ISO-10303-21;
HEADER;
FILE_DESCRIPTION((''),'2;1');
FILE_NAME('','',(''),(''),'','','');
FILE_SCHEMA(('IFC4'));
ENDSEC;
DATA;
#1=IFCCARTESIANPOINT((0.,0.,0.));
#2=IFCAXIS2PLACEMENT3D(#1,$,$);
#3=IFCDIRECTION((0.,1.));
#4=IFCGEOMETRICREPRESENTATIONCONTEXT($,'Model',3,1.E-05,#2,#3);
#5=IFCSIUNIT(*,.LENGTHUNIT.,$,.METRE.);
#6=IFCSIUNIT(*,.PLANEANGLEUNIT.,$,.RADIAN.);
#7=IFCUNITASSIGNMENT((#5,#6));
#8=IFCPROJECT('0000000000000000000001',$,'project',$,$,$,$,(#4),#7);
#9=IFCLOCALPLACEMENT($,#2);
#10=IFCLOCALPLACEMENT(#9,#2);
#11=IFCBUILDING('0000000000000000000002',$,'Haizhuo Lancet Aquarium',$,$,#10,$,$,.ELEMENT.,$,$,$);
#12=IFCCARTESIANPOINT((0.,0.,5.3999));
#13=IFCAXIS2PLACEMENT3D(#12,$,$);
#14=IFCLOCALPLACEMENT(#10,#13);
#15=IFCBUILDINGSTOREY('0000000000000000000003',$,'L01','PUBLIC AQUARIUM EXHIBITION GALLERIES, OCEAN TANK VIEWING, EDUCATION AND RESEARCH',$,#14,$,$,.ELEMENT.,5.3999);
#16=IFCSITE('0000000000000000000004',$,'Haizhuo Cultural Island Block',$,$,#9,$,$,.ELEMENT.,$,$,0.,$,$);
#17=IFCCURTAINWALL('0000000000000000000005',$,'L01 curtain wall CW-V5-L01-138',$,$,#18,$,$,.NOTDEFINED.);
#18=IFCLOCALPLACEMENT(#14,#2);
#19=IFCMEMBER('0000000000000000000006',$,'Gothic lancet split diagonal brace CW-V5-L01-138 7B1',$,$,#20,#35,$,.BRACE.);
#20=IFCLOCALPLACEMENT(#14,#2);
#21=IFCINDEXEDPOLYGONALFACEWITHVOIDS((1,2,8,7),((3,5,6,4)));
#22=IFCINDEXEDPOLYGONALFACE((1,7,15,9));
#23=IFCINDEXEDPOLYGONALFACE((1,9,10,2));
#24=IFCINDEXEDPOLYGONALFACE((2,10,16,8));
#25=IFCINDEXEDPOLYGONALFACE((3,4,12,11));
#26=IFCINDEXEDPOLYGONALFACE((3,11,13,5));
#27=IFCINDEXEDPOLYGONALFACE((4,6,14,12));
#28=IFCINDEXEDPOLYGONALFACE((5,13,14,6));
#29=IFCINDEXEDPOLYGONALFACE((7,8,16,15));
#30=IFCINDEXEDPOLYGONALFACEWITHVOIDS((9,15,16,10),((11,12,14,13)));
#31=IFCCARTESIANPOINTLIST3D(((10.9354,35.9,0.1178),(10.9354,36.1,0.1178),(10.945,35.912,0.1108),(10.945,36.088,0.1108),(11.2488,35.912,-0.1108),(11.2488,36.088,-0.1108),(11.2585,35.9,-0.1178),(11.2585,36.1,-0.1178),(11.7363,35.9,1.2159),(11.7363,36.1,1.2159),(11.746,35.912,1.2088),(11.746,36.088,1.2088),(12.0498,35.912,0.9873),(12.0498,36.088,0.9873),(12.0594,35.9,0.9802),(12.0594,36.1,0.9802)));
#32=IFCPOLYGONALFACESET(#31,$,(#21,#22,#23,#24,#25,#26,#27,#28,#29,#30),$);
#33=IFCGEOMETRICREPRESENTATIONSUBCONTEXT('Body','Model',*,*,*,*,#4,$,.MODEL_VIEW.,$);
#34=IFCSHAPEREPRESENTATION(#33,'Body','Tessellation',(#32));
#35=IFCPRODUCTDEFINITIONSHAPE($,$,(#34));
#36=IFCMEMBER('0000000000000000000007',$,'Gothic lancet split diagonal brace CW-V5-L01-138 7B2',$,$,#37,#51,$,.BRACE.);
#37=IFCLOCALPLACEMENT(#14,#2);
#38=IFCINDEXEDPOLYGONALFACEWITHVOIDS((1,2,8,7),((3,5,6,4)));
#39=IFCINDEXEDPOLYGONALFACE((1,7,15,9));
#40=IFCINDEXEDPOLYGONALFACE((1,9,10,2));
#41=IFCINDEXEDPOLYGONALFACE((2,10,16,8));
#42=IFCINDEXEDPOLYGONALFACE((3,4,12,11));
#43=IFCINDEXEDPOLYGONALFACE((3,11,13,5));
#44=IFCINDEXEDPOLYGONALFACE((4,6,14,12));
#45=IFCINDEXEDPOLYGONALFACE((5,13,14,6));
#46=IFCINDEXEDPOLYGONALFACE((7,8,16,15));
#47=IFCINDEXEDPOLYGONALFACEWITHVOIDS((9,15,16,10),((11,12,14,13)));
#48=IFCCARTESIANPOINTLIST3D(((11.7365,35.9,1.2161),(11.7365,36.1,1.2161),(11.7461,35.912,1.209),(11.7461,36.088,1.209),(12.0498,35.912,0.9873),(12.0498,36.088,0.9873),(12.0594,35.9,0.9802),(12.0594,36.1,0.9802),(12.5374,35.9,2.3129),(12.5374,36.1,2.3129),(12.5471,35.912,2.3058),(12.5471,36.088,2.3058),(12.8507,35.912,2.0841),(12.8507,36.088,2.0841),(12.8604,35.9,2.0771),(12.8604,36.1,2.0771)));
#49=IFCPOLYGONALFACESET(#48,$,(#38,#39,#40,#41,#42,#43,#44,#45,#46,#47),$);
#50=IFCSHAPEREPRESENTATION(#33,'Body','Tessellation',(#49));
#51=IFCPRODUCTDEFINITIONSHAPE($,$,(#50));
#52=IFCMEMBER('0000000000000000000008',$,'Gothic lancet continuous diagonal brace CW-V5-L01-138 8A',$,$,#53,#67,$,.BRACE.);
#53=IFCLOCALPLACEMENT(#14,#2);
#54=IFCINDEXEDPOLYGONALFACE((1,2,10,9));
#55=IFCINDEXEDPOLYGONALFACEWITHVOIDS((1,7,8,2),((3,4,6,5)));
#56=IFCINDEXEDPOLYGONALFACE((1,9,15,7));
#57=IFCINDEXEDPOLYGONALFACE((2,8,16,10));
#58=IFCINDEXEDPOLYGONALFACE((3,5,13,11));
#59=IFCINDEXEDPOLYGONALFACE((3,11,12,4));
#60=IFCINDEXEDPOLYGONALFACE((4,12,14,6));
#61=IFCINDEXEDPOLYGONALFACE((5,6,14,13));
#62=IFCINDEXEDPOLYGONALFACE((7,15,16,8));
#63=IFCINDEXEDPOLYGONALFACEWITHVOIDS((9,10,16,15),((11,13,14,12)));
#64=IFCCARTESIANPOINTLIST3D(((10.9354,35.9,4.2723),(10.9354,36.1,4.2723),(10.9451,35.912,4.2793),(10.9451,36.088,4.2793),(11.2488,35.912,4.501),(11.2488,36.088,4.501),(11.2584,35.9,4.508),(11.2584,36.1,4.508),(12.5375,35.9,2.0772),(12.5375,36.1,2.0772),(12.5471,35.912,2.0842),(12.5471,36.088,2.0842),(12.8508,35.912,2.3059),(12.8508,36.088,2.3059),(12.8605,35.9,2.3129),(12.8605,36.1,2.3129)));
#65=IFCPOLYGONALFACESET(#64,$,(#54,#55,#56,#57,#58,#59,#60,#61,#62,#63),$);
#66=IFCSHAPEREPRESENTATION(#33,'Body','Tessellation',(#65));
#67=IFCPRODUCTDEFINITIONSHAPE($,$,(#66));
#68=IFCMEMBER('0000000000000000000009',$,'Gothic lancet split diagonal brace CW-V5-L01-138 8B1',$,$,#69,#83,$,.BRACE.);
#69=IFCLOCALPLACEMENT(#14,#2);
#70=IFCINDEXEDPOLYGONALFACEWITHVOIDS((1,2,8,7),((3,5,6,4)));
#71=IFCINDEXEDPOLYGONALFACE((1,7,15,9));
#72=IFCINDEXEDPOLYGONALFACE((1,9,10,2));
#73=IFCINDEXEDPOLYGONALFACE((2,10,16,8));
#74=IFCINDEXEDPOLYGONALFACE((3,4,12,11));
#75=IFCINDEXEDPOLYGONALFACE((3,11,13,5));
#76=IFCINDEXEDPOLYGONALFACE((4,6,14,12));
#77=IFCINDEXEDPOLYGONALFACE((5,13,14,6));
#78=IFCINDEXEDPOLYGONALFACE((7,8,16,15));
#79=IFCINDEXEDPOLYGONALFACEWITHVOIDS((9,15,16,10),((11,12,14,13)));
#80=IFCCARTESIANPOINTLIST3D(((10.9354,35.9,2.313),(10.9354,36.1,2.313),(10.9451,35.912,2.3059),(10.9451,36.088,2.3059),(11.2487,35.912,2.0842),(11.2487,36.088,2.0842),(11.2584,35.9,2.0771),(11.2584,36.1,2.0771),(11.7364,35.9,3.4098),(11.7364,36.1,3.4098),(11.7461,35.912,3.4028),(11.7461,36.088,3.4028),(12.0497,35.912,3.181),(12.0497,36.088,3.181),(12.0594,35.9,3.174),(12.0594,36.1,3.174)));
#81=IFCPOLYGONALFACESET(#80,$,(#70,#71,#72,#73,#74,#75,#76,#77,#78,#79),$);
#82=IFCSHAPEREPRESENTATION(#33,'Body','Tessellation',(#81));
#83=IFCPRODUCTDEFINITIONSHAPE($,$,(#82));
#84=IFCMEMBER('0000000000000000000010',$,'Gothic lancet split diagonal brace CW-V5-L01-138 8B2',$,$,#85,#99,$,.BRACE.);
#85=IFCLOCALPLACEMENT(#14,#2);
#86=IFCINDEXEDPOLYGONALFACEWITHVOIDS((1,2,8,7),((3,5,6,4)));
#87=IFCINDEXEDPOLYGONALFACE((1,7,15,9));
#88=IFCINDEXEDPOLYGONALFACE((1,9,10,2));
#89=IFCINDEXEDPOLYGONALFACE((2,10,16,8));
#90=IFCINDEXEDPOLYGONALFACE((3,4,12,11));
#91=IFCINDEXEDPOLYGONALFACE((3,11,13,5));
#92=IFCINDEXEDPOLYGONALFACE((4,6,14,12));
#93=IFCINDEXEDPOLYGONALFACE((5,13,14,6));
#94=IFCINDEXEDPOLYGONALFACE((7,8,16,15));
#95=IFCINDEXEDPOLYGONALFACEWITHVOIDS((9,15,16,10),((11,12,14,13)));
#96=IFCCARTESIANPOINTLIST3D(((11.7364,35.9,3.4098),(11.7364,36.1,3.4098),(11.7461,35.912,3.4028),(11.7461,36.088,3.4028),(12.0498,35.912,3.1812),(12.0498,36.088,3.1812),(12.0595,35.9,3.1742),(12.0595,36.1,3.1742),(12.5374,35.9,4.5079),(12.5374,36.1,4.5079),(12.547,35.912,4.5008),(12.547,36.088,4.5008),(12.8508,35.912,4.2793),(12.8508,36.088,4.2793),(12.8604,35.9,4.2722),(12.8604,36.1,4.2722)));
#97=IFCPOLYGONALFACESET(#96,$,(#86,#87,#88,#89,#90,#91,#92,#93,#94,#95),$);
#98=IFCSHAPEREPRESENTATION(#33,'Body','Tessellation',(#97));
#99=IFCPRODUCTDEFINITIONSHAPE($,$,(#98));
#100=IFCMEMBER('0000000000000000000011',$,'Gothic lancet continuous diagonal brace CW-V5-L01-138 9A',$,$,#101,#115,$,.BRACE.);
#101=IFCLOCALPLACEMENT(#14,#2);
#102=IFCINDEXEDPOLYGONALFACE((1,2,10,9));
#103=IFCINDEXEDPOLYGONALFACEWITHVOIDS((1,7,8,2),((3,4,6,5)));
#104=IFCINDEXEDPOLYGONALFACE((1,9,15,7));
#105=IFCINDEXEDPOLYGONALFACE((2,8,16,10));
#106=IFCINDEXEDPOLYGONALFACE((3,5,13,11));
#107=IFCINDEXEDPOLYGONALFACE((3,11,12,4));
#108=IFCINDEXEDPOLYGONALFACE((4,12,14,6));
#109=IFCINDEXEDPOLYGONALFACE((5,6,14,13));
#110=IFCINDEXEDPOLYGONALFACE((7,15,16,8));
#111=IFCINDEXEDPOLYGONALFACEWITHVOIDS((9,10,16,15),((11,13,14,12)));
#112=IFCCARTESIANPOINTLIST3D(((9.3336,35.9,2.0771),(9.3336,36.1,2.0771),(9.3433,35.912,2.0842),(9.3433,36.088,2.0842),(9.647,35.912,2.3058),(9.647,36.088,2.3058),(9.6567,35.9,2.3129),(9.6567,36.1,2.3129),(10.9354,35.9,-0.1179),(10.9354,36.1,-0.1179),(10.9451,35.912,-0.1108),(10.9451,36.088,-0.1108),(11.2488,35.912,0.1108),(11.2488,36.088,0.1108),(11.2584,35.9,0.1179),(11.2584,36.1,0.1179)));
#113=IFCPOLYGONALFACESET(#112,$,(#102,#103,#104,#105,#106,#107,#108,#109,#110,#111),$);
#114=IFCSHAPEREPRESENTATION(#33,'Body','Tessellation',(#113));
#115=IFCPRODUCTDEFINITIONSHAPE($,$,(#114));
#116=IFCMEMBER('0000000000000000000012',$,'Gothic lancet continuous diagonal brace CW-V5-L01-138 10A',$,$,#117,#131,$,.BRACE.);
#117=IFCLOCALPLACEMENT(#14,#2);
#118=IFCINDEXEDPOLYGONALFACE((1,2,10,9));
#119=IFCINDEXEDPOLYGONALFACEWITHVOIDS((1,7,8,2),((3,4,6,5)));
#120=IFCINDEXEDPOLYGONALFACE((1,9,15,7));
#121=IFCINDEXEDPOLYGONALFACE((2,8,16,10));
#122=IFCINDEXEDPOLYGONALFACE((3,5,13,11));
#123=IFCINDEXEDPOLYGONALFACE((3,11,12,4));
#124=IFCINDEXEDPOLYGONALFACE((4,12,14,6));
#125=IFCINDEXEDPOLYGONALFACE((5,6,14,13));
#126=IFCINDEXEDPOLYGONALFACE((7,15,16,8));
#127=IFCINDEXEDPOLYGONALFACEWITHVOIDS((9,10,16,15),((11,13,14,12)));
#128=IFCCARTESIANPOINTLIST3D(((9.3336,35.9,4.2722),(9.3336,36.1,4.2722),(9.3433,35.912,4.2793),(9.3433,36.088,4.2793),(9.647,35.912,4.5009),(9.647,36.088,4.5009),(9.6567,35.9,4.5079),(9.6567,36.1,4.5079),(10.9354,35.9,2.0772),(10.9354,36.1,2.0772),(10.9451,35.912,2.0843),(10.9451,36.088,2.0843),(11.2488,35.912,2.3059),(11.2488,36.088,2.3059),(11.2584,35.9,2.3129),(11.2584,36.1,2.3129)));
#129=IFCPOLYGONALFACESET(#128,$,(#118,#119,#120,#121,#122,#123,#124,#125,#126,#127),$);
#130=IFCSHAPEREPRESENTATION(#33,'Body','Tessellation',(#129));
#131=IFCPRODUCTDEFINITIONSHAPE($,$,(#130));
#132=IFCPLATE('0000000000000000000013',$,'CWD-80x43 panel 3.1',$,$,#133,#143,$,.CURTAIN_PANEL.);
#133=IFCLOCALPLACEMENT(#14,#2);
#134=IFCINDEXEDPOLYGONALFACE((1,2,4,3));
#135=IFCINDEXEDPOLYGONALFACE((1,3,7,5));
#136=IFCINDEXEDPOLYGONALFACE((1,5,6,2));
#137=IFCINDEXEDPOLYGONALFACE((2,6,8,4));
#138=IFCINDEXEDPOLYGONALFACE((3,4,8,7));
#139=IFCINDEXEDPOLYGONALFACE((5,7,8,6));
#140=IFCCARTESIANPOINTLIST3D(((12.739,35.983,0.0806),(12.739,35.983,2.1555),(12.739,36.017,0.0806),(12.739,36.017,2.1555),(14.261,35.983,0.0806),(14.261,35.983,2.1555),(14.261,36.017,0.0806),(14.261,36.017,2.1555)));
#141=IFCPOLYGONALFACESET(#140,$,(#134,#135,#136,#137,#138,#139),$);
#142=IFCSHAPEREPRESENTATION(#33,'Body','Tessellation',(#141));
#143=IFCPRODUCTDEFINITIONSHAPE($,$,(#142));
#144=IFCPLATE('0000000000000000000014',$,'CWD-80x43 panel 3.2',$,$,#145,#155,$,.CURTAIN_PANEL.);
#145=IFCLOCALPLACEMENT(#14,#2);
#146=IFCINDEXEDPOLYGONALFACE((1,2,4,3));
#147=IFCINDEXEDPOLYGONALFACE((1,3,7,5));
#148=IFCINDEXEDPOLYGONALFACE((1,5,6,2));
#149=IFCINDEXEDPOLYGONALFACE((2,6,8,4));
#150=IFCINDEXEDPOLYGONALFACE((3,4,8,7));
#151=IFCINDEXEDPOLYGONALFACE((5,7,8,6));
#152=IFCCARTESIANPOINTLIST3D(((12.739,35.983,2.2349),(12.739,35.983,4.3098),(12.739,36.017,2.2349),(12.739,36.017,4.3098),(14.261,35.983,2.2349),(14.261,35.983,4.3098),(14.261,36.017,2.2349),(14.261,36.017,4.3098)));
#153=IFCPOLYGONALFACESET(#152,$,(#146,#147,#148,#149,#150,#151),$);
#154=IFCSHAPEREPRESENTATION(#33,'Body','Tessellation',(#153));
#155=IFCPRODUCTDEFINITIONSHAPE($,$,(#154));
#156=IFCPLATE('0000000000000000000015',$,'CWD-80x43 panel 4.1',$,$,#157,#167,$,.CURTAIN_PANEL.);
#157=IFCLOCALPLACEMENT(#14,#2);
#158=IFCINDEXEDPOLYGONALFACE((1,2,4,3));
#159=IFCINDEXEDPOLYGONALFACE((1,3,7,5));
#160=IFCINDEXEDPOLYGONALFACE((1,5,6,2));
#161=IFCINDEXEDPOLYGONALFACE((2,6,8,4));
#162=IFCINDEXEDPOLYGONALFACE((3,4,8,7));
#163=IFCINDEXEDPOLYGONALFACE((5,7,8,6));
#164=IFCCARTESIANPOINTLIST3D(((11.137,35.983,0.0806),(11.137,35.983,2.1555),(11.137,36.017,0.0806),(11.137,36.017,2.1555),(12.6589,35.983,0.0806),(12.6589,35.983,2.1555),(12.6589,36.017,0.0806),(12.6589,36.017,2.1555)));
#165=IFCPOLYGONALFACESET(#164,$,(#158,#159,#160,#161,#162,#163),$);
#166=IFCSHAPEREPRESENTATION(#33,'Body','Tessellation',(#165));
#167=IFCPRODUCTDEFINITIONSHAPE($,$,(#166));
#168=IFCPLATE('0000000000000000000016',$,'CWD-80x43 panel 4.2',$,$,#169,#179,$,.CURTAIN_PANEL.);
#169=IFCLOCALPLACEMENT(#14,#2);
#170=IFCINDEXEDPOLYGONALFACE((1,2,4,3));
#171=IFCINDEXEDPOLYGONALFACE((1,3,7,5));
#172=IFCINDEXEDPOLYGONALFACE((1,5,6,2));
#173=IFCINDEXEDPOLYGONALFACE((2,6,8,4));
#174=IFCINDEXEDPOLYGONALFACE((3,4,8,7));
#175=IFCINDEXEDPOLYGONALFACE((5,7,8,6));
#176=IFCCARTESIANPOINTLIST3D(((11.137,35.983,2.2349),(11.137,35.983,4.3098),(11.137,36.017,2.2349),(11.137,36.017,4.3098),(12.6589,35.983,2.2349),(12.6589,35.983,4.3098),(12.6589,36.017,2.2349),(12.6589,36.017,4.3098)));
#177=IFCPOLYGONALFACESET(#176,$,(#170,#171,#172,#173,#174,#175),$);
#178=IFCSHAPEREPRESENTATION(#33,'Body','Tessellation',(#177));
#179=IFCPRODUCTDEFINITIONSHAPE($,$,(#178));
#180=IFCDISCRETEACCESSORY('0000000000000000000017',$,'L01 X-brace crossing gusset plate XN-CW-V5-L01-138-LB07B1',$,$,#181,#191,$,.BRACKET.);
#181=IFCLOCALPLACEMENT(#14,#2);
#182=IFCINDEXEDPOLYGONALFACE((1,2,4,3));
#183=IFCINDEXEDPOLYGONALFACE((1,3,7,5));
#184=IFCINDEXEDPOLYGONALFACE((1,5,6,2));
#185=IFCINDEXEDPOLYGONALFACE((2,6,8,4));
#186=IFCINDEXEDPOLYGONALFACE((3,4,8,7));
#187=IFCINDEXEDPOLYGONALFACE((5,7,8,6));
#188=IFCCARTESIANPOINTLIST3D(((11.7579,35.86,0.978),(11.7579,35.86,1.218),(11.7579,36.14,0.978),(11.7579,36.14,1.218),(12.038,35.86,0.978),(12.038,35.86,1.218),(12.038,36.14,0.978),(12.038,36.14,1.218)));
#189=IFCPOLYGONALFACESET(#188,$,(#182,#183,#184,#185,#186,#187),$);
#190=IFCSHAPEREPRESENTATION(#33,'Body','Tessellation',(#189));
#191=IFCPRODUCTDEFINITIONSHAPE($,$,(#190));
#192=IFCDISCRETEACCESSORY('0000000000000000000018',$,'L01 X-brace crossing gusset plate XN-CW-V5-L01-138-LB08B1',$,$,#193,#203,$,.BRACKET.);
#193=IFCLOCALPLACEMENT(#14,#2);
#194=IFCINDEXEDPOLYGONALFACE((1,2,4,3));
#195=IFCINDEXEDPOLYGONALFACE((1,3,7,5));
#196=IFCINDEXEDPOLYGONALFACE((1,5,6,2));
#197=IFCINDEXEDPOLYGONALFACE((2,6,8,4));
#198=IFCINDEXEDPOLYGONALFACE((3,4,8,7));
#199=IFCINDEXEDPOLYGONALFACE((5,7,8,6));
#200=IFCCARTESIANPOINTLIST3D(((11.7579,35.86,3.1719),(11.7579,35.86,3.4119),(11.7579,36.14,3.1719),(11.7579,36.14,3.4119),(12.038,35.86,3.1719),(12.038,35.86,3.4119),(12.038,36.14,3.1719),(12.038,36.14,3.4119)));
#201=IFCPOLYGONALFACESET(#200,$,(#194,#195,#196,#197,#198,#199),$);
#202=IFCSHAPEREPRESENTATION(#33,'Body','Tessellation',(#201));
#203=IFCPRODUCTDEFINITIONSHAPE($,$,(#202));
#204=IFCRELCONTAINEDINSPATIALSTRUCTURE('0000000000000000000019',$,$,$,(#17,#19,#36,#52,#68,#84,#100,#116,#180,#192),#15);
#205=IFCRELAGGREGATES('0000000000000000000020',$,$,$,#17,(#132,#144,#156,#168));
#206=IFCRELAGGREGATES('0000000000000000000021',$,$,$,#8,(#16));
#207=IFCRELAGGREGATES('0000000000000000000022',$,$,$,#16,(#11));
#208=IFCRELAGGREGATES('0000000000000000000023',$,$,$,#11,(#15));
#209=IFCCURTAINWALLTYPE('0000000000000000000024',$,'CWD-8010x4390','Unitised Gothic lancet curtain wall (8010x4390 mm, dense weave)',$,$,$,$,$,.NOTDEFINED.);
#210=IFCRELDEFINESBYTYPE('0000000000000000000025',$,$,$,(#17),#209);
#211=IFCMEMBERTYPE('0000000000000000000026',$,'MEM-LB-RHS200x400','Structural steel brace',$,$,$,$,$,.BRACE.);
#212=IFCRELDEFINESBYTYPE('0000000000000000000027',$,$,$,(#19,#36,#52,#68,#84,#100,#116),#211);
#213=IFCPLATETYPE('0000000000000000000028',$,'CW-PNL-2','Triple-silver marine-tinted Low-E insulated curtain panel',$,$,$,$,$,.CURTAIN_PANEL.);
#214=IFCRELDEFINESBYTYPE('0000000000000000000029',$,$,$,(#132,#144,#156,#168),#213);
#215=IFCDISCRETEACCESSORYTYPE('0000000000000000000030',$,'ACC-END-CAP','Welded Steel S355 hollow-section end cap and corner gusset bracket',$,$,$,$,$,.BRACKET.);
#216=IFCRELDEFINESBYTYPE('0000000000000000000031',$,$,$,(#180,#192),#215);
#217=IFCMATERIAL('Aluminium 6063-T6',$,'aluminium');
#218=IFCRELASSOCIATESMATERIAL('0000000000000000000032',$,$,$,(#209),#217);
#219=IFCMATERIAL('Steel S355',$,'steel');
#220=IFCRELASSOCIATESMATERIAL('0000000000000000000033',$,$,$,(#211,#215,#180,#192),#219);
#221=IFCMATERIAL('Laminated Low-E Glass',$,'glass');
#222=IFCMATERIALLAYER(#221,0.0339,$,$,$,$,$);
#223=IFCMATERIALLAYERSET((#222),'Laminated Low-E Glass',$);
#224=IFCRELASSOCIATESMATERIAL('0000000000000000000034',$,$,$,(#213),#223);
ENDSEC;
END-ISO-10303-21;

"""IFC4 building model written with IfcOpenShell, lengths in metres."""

from ifc_helpers import new_model, si_unit, direction, frame, origin, origin_2d, place, context, subcontext, project, spatial, rectangle, hollow_rectangle, extrude, material, layer, layer_set, material_profile, profile_set, type_object, element, aggregate, save


model = new_model("IFC4")

# Units and contexts
model_context = context("Model", 3, precision=1e-05, world=origin(), true_north=direction((0.0, 1.0)))
body_context = subcontext(model_context, "Body", "Model", "MODEL_VIEW")
ifc_project = project(units=[si_unit("LENGTHUNIT", "METRE"), si_unit("PLANEANGLEUNIT", "RADIAN")], contexts=[model_context])

# Site, building, storey
site_placement = place(None, origin())
site = spatial("IfcSite", under=ifc_project, at=site_placement, Name="Haizhuo Cultural Island Block", CompositionType="ELEMENT", RefElevation=0.0)
building_placement = place(site_placement, origin())
building = spatial("IfcBuilding", under=site, at=building_placement, Name="Haizhuo Lancet Aquarium", CompositionType="ELEMENT")
storey_placement = place(building_placement, frame((0.0, 0.0, 5.3999)))
storey = spatial("IfcBuildingStorey", under=building, at=storey_placement, Name="L01", Description="PUBLIC AQUARIUM EXHIBITION GALLERIES, OCEAN TANK VIEWING, EDUCATION AND RESEARCH", CompositionType="ELEMENT", Elevation=5.3999)

# Curtain wall
ifc_material_1 = material(Name="Aluminium 6063-T6", Category="aluminium")
curtain_wall_type = type_object("IfcCurtainWallType", Name="CWD-8010x4390", Description="Unitised Gothic lancet curtain wall (8010x4390 mm, dense weave)", PredefinedType="NOTDEFINED", material=ifc_material_1)
curtain_wall_placement = place(storey_placement, origin())
curtain_wall = element("IfcCurtainWall", 1, at=curtain_wall_placement, inside=storey, type_object=curtain_wall_type, Name="L01 curtain wall CW-V5-L01-138", PredefinedType="NOTDEFINED")

# Members
ifc_material_2 = material(Name="Steel S355", Category="steel")
ifc_material_profile_1 = material_profile(ifc_material_2, hollow_rectangle(XDim=0.2, YDim=0.3999, WallThickness=0.012, at=origin_2d()), Name="RHS 200x400x12")
ifc_profile_set_1 = profile_set([ifc_material_profile_1], Name="Steel S355")
member_type_1 = type_object("IfcMemberType", Name="MEM-LB-RHS200x400", Description="Structural steel brace", PredefinedType="BRACE", material=ifc_profile_set_1)
member_1_placement = place(storey_placement, frame((11.0969, 36.0, 0.0), z_axis=(0.589314, 0.0, 0.807904), x_axis=(0.0, 1.0, 0.0)))
element("IfcMember", 2, at=member_1_placement, inside=storey, type_object=member_type_1, Name="Gothic lancet split diagonal brace CW-V5-L01-138 7B1", PredefinedType="BRACE", context=body_context, shape_type="SweptSolid", body=[
    extrude(hollow_rectangle(XDim=0.2, YDim=0.3999, WallThickness=0.012, at=origin_2d()), origin(), (0.0, 0.0, 1.0), 1.3591),
])
member_2_placement = place(storey_placement, frame((11.8979, 36.0, 1.0981), z_axis=(0.589742, 0.0, 0.807592), x_axis=(0.0, 1.0, 0.0)))
element("IfcMember", 3, at=member_2_placement, inside=storey, type_object=member_type_1, Name="Gothic lancet split diagonal brace CW-V5-L01-138 7B2", PredefinedType="BRACE", context=body_context, shape_type="SweptSolid", body=[
    extrude(hollow_rectangle(XDim=0.2, YDim=0.3999, WallThickness=0.012, at=origin_2d()), origin(), (0.0, 0.0, 1.0), 1.3582),
])
member_3_placement = place(storey_placement, frame((12.699, 36.0, 2.1951), z_axis=(-0.589528, 0.0, 0.807748), x_axis=(0.0, -1.0, 0.0)))
element("IfcMember", 4, at=member_3_placement, inside=storey, type_object=member_type_1, Name="Gothic lancet continuous diagonal brace CW-V5-L01-138 8A", PredefinedType="BRACE", context=body_context, shape_type="SweptSolid", body=[
    extrude(hollow_rectangle(XDim=0.2, YDim=0.3999, WallThickness=0.012, at=origin_2d()), origin(), (0.0, 0.0, 1.0), 2.7175),
])
member_4_placement = place(storey_placement, frame((11.0969, 36.0, 2.1951), z_axis=(0.589742, 0.0, 0.807592), x_axis=(0.0, 1.0, 0.0)))
element("IfcMember", 5, at=member_4_placement, inside=storey, type_object=member_type_1, Name="Gothic lancet split diagonal brace CW-V5-L01-138 8B1", PredefinedType="BRACE", context=body_context, shape_type="SweptSolid", body=[
    extrude(hollow_rectangle(XDim=0.2, YDim=0.3999, WallThickness=0.012, at=origin_2d()), origin(), (0.0, 0.0, 1.0), 1.3582),
])
member_5_placement = place(storey_placement, frame((11.8979, 36.0, 3.292), z_axis=(0.589314, 0.0, 0.807904), x_axis=(0.0, 1.0, 0.0)))
element("IfcMember", 6, at=member_5_placement, inside=storey, type_object=member_type_1, Name="Gothic lancet split diagonal brace CW-V5-L01-138 8B2", PredefinedType="BRACE", context=body_context, shape_type="SweptSolid", body=[
    extrude(hollow_rectangle(XDim=0.2, YDim=0.3999, WallThickness=0.012, at=origin_2d()), origin(), (0.0, 0.0, 1.0), 1.3591),
])
for number, where, z_axis, x_axis, name in (
    (7, (11.0969, 36.0, 0.0), (-0.589469, 0.0, 0.807791), (0.0, -1.0, 0.0), "Gothic lancet continuous diagonal brace CW-V5-L01-138 9A"),
    (8, (11.0969, 36.0, 2.1951), (-0.589469, 0.0, 0.807791), (0.0, -1.0, 0.0), "Gothic lancet continuous diagonal brace CW-V5-L01-138 10A"),
):
    element("IfcMember", number, at=place(storey_placement, frame(where, z_axis=z_axis, x_axis=x_axis)), inside=storey, type_object=member_type_1, Name=name, PredefinedType="BRACE", context=body_context, shape_type="SweptSolid", body=[
        extrude(hollow_rectangle(XDim=0.2, YDim=0.3999, WallThickness=0.012, at=origin_2d()), origin(), (0.0, 0.0, 1.0), 2.7173),
    ])

# Plates
ifc_material_3 = material(Name="Laminated Low-E Glass", Category="glass")
ifc_layer = layer(ifc_material_3, 0.0339)
ifc_layer_set = layer_set([ifc_layer], Name="Laminated Low-E Glass")
plate_type = type_object("IfcPlateType", Name="CW-PNL-2", Description="Triple-silver marine-tinted Low-E insulated curtain panel", PredefinedType="CURTAIN_PANEL", material=ifc_layer_set)
plate_1_placement = place(storey_placement, frame((13.5, 36.0, 0.0806), z_axis=(0.0, 0.0, 1.0), x_axis=(-1.0, 0.0, 0.0)))
plate_1 = element("IfcPlate", 9, at=plate_1_placement, type_object=plate_type, Name="CWD-80x43 panel 3.1", PredefinedType="CURTAIN_PANEL", context=body_context, shape_type="SweptSolid", body=[
    extrude(rectangle(XDim=1.522, YDim=0.0339, at=origin_2d()), origin(), (0.0, 0.0, 1.0), 2.075),
])
plate_2_placement = place(storey_placement, frame((13.5, 36.0, 2.2349), z_axis=(0.0, 0.0, 1.0), x_axis=(-1.0, 0.0, 0.0)))
plate_2 = element("IfcPlate", 10, at=plate_2_placement, type_object=plate_type, Name="CWD-80x43 panel 3.2", PredefinedType="CURTAIN_PANEL", context=body_context, shape_type="SweptSolid", body=[
    extrude(rectangle(XDim=1.522, YDim=0.0339, at=origin_2d()), origin(), (0.0, 0.0, 1.0), 2.075),
])
plate_3_placement = place(storey_placement, frame((11.8979, 36.0, 0.0806), z_axis=(0.0, 0.0, 1.0), x_axis=(-1.0, 0.0, 0.0)))
plate_3 = element("IfcPlate", 11, at=plate_3_placement, type_object=plate_type, Name="CWD-80x43 panel 4.1", PredefinedType="CURTAIN_PANEL", context=body_context, shape_type="SweptSolid", body=[
    extrude(rectangle(XDim=1.522, YDim=0.0339, at=origin_2d()), origin(), (0.0, 0.0, 1.0), 2.075),
])
plate_4_placement = place(storey_placement, frame((11.8979, 36.0, 2.2349), z_axis=(0.0, 0.0, 1.0), x_axis=(-1.0, 0.0, 0.0)))
plate_4 = element("IfcPlate", 12, at=plate_4_placement, type_object=plate_type, Name="CWD-80x43 panel 4.2", PredefinedType="CURTAIN_PANEL", context=body_context, shape_type="SweptSolid", body=[
    extrude(rectangle(XDim=1.522, YDim=0.0339, at=origin_2d()), origin(), (0.0, 0.0, 1.0), 2.075),
])
aggregate(curtain_wall, [plate_1, plate_2, plate_3, plate_4])

# Discrete accessories
discrete_accessory_type = type_object("IfcDiscreteAccessoryType", Name="ACC-END-CAP", Description="Welded Steel S355 hollow-section end cap and corner gusset bracket", PredefinedType="BRACKET", material=ifc_material_2)
for number, where, z_axis, x_axis, name in (
    (13, (11.8979, 36.0, 0.978), (0.0, 0.0, 1.0), (1.0, 0.0, 0.0), "L01 X-brace crossing gusset plate XN-CW-V5-L01-138-LB07B1"),
    (14, (11.8979, 36.0, 3.1719), (0.0, 0.0, 1.0), (1.0, 0.0, 0.0), "L01 X-brace crossing gusset plate XN-CW-V5-L01-138-LB08B1"),
):
    element("IfcDiscreteAccessory", number, at=place(storey_placement, frame(where, z_axis=z_axis, x_axis=x_axis)), inside=storey, type_object=discrete_accessory_type, material=ifc_material_2, Name=name, PredefinedType="BRACKET", context=body_context, shape_type="SweptSolid", body=[
        extrude(rectangle(XDim=0.28, YDim=0.28, at=origin_2d()), origin(), (0.0, 0.0, 1.0), 0.24),
    ])

save(model, "model.ifc")
